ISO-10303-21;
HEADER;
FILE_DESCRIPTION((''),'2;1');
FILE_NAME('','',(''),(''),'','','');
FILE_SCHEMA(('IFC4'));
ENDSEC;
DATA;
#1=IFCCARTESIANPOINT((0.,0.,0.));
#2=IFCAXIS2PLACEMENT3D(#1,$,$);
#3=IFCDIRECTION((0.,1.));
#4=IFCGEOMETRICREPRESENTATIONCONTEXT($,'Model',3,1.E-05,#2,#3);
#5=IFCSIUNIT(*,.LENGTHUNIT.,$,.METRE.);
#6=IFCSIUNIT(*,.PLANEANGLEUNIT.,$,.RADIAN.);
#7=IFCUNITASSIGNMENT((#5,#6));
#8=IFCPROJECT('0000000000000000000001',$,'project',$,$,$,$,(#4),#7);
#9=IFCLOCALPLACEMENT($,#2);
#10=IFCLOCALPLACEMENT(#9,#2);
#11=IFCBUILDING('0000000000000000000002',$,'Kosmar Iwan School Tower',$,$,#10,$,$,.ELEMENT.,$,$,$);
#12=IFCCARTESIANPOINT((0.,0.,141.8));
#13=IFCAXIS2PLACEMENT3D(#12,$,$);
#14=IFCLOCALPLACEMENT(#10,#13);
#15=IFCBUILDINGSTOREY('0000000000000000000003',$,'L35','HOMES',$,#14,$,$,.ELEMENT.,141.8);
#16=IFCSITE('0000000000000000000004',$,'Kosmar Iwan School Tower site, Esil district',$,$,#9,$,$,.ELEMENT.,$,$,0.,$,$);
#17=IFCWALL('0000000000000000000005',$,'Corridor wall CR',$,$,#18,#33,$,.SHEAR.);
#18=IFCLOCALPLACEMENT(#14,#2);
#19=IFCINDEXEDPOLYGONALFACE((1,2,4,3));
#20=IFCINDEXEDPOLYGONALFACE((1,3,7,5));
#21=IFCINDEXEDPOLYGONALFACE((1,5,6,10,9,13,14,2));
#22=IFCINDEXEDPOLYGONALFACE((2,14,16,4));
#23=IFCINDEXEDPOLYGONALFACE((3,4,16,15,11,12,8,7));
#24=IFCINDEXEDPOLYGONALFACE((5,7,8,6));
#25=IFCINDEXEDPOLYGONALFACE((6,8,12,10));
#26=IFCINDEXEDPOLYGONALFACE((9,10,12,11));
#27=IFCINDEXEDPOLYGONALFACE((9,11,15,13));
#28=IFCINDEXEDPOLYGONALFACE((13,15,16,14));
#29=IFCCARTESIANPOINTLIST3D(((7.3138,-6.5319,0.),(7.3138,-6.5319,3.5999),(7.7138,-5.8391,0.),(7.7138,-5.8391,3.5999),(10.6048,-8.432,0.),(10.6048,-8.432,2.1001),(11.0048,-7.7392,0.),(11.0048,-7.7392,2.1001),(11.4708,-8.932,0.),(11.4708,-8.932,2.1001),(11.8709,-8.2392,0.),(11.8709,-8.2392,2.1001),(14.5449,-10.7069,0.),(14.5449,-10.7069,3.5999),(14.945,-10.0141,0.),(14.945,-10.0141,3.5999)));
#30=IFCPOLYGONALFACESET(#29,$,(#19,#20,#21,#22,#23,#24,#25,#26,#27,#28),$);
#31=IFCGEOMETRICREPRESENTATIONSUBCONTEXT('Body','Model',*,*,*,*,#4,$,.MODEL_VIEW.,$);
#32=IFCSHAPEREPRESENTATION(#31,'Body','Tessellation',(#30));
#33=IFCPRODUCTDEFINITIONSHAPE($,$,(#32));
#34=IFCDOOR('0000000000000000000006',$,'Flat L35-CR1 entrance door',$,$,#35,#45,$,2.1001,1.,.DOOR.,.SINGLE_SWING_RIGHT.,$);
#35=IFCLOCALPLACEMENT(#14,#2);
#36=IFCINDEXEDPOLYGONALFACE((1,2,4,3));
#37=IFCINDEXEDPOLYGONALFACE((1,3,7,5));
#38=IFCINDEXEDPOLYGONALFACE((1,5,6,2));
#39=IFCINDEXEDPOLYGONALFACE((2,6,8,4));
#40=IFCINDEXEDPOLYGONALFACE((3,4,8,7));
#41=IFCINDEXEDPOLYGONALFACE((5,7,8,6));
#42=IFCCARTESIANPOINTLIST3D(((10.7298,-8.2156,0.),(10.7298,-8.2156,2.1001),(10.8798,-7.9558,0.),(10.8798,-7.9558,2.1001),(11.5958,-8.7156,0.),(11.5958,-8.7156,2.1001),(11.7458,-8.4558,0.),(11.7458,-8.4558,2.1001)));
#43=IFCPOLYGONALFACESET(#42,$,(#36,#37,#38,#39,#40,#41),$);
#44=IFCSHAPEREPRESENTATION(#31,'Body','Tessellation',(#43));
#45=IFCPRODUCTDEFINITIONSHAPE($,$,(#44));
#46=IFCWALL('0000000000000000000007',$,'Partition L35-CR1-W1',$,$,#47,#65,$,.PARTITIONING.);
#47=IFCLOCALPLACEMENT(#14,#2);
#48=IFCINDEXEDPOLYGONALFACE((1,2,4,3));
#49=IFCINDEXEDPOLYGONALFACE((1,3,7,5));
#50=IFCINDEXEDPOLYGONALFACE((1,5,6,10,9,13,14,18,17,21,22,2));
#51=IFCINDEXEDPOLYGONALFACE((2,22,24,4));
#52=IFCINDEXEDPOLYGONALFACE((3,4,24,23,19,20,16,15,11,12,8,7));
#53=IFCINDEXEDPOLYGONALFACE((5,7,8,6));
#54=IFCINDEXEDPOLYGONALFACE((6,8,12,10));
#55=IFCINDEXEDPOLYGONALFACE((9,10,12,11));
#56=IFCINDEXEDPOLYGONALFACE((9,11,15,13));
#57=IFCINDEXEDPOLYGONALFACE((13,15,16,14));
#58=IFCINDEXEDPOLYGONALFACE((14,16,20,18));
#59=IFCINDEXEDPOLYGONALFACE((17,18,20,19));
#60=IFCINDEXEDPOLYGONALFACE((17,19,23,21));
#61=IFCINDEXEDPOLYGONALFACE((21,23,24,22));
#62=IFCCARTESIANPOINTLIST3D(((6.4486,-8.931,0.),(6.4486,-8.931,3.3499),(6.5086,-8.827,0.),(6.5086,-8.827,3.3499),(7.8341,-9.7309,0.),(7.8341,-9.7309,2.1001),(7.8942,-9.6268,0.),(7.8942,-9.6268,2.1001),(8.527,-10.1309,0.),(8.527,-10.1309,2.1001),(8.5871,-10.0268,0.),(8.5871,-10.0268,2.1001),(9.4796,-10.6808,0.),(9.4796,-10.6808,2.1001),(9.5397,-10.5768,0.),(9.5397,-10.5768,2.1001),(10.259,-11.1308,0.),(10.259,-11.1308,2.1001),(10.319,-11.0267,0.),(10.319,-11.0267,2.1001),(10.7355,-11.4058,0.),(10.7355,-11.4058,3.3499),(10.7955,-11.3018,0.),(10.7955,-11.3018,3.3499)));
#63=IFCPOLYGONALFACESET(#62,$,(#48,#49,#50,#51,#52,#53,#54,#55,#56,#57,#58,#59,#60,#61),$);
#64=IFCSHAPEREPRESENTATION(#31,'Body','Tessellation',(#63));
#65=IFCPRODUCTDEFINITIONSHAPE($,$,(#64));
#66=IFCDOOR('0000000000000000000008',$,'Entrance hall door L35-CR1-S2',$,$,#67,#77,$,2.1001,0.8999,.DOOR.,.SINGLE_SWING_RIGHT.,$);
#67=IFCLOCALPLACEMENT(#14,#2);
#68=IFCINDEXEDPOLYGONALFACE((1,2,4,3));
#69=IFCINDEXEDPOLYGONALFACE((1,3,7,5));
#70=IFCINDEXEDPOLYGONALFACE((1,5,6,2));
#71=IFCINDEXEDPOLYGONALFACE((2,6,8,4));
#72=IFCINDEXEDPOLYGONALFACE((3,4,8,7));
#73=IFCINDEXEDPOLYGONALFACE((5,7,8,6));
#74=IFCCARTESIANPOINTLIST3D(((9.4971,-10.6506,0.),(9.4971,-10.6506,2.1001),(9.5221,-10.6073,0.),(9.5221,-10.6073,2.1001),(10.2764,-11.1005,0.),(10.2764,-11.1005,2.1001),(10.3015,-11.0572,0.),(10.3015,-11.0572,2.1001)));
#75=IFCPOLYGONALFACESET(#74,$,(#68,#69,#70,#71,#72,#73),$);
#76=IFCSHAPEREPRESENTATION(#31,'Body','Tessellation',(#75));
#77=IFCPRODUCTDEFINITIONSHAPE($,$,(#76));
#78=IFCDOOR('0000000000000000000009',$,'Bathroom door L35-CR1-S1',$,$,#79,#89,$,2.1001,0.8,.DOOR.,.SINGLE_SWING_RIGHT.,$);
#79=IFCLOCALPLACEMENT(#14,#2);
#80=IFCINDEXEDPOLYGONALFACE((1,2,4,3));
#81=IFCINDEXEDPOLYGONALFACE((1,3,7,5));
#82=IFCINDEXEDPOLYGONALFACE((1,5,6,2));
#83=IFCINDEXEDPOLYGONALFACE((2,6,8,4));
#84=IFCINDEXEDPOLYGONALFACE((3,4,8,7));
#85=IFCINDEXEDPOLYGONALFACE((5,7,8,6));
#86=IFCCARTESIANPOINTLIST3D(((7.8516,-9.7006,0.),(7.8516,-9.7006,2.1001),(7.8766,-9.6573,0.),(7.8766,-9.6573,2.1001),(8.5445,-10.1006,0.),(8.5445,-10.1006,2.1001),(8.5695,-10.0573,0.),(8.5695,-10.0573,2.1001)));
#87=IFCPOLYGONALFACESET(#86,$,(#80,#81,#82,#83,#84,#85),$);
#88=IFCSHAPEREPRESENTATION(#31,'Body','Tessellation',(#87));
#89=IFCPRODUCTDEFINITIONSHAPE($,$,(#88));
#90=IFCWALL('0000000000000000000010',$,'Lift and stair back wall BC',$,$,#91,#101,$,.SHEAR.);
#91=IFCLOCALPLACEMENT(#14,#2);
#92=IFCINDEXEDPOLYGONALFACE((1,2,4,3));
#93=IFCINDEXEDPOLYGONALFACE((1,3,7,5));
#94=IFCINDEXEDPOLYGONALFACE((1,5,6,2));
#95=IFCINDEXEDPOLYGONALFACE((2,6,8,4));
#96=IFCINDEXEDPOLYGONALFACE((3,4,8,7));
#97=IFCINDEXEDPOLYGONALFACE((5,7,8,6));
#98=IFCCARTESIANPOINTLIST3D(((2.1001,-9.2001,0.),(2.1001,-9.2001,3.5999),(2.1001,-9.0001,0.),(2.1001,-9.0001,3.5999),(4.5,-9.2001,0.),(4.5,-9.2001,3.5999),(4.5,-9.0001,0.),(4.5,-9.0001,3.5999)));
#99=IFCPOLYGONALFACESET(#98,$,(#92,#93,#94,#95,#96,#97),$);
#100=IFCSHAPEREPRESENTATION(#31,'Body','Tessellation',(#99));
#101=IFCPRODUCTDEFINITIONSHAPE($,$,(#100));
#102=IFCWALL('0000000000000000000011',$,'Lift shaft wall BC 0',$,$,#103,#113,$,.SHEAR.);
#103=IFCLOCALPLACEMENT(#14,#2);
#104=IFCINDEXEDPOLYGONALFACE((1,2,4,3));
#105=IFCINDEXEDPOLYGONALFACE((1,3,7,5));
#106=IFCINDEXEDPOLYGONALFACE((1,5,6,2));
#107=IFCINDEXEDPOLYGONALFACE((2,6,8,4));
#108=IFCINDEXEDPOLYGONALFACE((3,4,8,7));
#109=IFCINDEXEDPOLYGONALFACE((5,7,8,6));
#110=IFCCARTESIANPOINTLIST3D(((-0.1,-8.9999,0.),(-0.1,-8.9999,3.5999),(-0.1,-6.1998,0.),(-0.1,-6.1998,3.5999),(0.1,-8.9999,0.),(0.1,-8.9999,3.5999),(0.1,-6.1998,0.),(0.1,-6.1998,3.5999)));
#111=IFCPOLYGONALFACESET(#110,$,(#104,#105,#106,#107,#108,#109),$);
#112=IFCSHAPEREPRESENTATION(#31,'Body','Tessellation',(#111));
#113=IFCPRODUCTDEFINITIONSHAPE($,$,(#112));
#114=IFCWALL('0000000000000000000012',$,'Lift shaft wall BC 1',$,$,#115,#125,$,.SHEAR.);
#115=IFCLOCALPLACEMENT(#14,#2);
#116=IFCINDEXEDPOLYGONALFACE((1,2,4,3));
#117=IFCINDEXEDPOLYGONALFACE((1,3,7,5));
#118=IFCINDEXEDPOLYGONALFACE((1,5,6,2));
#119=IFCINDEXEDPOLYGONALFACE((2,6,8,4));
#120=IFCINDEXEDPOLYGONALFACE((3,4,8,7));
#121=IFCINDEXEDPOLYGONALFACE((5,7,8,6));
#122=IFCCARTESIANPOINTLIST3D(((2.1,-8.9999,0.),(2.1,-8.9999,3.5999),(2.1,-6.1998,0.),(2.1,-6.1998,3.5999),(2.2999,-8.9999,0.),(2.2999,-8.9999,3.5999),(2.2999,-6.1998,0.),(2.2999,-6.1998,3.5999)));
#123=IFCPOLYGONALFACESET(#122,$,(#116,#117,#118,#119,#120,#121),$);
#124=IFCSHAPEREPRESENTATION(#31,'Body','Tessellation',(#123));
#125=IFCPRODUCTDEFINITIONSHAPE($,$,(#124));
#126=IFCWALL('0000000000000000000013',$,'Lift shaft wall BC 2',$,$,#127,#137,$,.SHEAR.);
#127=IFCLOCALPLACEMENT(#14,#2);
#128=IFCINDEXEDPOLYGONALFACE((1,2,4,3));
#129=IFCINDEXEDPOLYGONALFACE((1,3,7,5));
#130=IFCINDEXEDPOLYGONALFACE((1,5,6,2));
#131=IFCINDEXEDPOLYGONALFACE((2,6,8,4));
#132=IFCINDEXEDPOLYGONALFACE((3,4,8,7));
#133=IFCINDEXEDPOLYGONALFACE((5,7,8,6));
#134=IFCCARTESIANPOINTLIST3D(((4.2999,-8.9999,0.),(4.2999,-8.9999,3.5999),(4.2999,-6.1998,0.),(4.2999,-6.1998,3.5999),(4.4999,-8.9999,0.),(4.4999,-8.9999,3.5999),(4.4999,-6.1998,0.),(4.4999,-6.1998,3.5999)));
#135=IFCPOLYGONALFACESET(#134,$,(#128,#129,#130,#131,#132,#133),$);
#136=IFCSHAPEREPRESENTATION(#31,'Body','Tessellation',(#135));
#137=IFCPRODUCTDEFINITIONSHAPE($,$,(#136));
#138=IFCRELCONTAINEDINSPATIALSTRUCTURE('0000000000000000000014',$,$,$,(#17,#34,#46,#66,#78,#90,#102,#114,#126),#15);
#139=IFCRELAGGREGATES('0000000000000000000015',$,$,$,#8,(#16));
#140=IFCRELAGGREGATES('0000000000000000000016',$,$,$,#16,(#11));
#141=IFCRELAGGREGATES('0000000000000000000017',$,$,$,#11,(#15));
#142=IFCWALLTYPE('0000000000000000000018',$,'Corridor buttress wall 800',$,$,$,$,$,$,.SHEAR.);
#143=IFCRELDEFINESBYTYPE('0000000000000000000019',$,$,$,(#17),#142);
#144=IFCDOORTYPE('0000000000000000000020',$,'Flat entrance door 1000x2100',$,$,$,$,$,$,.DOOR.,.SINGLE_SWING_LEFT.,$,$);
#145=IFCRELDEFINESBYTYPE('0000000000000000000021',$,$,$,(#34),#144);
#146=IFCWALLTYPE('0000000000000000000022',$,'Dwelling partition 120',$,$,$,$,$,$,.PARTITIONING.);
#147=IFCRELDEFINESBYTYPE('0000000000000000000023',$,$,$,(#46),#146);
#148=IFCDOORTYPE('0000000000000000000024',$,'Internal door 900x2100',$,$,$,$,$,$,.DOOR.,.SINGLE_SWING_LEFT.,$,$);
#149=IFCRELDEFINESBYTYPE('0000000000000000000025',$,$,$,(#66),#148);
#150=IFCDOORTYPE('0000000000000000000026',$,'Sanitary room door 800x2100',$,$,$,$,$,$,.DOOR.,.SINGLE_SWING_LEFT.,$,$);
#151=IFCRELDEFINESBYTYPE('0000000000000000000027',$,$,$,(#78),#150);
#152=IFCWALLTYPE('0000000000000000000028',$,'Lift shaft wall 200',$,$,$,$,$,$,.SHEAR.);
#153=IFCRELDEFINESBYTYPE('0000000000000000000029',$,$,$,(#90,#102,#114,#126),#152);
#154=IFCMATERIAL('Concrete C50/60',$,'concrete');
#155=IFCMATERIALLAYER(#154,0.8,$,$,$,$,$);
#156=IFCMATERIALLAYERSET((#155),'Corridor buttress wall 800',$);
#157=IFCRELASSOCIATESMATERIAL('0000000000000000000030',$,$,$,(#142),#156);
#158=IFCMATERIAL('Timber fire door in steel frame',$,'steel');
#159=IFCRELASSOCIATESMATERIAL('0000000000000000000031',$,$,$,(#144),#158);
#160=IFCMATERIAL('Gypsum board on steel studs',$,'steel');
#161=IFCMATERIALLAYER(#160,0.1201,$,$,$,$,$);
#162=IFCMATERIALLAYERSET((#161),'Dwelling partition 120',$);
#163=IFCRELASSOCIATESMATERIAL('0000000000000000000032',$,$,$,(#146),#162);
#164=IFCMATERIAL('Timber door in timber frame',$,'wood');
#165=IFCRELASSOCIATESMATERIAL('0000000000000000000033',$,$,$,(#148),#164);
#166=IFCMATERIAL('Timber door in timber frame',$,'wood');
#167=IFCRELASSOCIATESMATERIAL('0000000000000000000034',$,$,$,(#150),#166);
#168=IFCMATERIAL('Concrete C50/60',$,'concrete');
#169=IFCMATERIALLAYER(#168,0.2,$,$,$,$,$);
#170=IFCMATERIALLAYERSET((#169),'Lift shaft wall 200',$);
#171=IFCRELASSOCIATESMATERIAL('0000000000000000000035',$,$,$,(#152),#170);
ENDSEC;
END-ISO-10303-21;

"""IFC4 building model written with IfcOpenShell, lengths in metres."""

from ifc_helpers import new_model, si_unit, direction, frame, frame_2d, origin, place, context, subcontext, project, spatial, rectangle, extrude, material, layer, layer_set, type_object, element, fill, save


model = new_model("IFC4")

# Units and contexts
model_context = context("Model", 3, precision=1e-05, world=origin(), true_north=direction((0.0, 1.0)))
body_context = subcontext(model_context, "Body", "Model", "MODEL_VIEW")
ifc_project = project(units=[si_unit("LENGTHUNIT", "METRE"), si_unit("PLANEANGLEUNIT", "RADIAN")], contexts=[model_context])

# Site, building, storey
site_placement = place(None, origin())
site = spatial("IfcSite", under=ifc_project, at=site_placement, Name="Kosmar Iwan School Tower site, Esil district", CompositionType="ELEMENT", RefElevation=0.0)
building_placement = place(site_placement, origin())
building = spatial("IfcBuilding", under=site, at=building_placement, Name="Kosmar Iwan School Tower", CompositionType="ELEMENT")
storey_placement = place(building_placement, frame((0.0, 0.0, 141.8)))
storey = spatial("IfcBuildingStorey", under=building, at=storey_placement, Name="L35", Description="HOMES", CompositionType="ELEMENT", Elevation=141.8)

# Wall, opening, door
ifc_material_1 = material(Name="Concrete C50/60", Category="concrete")
ifc_layer_1 = layer(ifc_material_1, 0.8)
ifc_layer_set_1 = layer_set([ifc_layer_1], Name="Corridor buttress wall 800")
wall_type_1 = type_object("IfcWallType", Name="Corridor buttress wall 800", PredefinedType="SHEAR", material=ifc_layer_set_1)
wall_1_placement = place(storey_placement, frame((7.5139, -6.1855, 0.0), z_axis=(0.0, 0.0, 1.0), x_axis=(0.86602, -0.50001, 0.0)))
wall_1 = element("IfcWall", 1, at=wall_1_placement, inside=storey, type_object=wall_type_1, Name="Corridor wall CR", PredefinedType="SHEAR", context=body_context, shape_type="SweptSolid", body=[
    extrude(rectangle(XDim=8.3499, YDim=0.8, at=frame_2d((4.1748, 0.0))), origin(), (0.0, 0.0, 1.0), 3.5999),
])
opening_1_placement = place(wall_1_placement, frame((3.8, 0.0, 0.0)))
opening_1 = element("IfcOpeningElement", 2, at=opening_1_placement, cuts=wall_1, PredefinedType="OPENING", context=body_context, shape_type="SweptSolid", body=[
    extrude(rectangle(XDim=1.0, YDim=2.1001, at=frame_2d((0.5, 1.05))), frame((0.0, 0.4121, 0.0), z_axis=(0.0, -1.0, 0.0), x_axis=(1.0, 0.0, 0.0)), (0.0, 0.0, 1.0), 0.824),
])
ifc_material_2 = material(Name="Timber fire door in steel frame", Category="steel")
door_type_1 = type_object("IfcDoorType", Name="Flat entrance door 1000x2100", OperationType="SINGLE_SWING_LEFT", PredefinedType="DOOR", material=ifc_material_2)
door_1_placement = place(opening_1_placement, origin())
door_1 = element("IfcDoor", 3, at=door_1_placement, inside=storey, type_object=door_type_1, Name="Flat L35-CR1 entrance door", OperationType="SINGLE_SWING_RIGHT", OverallHeight=2.1001, OverallWidth=1.0, PredefinedType="DOOR", context=body_context, shape_type="SweptSolid", body=[
    extrude(rectangle(XDim=1.0, YDim=2.1001, at=frame_2d((0.5, 1.05))), frame((0.0, 0.1499, 0.0), z_axis=(0.0, -1.0, 0.0), x_axis=(1.0, 0.0, 0.0)), (0.0, 0.0, 1.0), 0.3),
])
fill(opening_1, door_1)

# Wall, openings, doors
ifc_material_3 = material(Name="Gypsum board on steel studs", Category="steel")
ifc_layer_2 = layer(ifc_material_3, 0.1201)
ifc_layer_set_2 = layer_set([ifc_layer_2], Name="Dwelling partition 120")
wall_type_2 = type_object("IfcWallType", Name="Dwelling partition 120", PredefinedType="PARTITIONING", material=ifc_layer_set_2)
wall_2_placement = place(storey_placement, frame((6.4785, -8.8789, 0.0), z_axis=(0.0, 0.0, 1.0), x_axis=(0.86604, -0.499974, 0.0)))
wall_2 = element("IfcWall", 4, at=wall_2_placement, inside=storey, type_object=wall_type_2, Name="Partition L35-CR1-W1", PredefinedType="PARTITIONING", context=body_context, shape_type="SweptSolid", body=[
    extrude(rectangle(XDim=4.95, YDim=0.1201, at=frame_2d((2.4751, 0.0))), origin(), (0.0, 0.0, 1.0), 3.3499),
])
opening_2_placement = place(wall_2_placement, frame((1.6001, 0.0, 0.0)))
opening_2 = element("IfcOpeningElement", 5, at=opening_2_placement, cuts=wall_2, PredefinedType="OPENING", context=body_context, shape_type="SweptSolid", body=[
    extrude(rectangle(XDim=0.8, YDim=2.1001, at=frame_2d((0.3999, 1.05))), frame((0.0, 0.072, 0.0), z_axis=(0.0, -1.0, 0.0), x_axis=(1.0, 0.0, 0.0)), (0.0, 0.0, 1.0), 0.144),
])
opening_3_placement = place(wall_2_placement, frame((3.5, 0.0, 0.0)))
opening_3 = element("IfcOpeningElement", 6, at=opening_3_placement, cuts=wall_2, PredefinedType="OPENING", context=body_context, shape_type="SweptSolid", body=[
    extrude(rectangle(XDim=0.8999, YDim=2.1001, at=frame_2d((0.45, 1.05))), frame((0.0, 0.072, 0.0), z_axis=(0.0, -1.0, 0.0), x_axis=(1.0, 0.0, 0.0)), (0.0, 0.0, 1.0), 0.144),
])
ifc_material_4 = material(Name="Timber door in timber frame", Category="wood")
door_type_2 = type_object("IfcDoorType", Name="Internal door 900x2100", OperationType="SINGLE_SWING_LEFT", PredefinedType="DOOR", material=ifc_material_4)
door_2_placement = place(opening_3_placement, origin())
door_2 = element("IfcDoor", 7, at=door_2_placement, inside=storey, type_object=door_type_2, Name="Entrance hall door L35-CR1-S2", OperationType="SINGLE_SWING_RIGHT", OverallHeight=2.1001, OverallWidth=0.8999, PredefinedType="DOOR", context=body_context, shape_type="SweptSolid", body=[
    extrude(rectangle(XDim=0.8999, YDim=2.1001, at=frame_2d((0.45, 1.05))), frame((0.0, 0.0249, 0.0), z_axis=(0.0, -1.0, 0.0), x_axis=(1.0, 0.0, 0.0)), (0.0, 0.0, 1.0), 0.05),
])
fill(opening_3, door_2)
ifc_material_5 = material(Name="Timber door in timber frame", Category="wood")
door_type_3 = type_object("IfcDoorType", Name="Sanitary room door 800x2100", OperationType="SINGLE_SWING_LEFT", PredefinedType="DOOR", material=ifc_material_5)
door_3_placement = place(opening_2_placement, origin())
door_3 = element("IfcDoor", 8, at=door_3_placement, inside=storey, type_object=door_type_3, Name="Bathroom door L35-CR1-S1", OperationType="SINGLE_SWING_RIGHT", OverallHeight=2.1001, OverallWidth=0.8, PredefinedType="DOOR", context=body_context, shape_type="SweptSolid", body=[
    extrude(rectangle(XDim=0.8, YDim=2.1001, at=frame_2d((0.3999, 1.05))), frame((0.0, 0.0249, 0.0), z_axis=(0.0, -1.0, 0.0), x_axis=(1.0, 0.0, 0.0)), (0.0, 0.0, 1.0), 0.05),
])
fill(opening_2, door_3)

# Walls
ifc_material_6 = material(Name="Concrete C50/60", Category="concrete")
ifc_layer_3 = layer(ifc_material_6, 0.2)
ifc_layer_set_3 = layer_set([ifc_layer_3], Name="Lift shaft wall 200")
wall_type_3 = type_object("IfcWallType", Name="Lift shaft wall 200", PredefinedType="SHEAR", material=ifc_layer_set_3)
wall_3_placement = place(storey_placement, frame((2.1001, -9.1001, 0.0), z_axis=(0.0, 0.0, 1.0), x_axis=(1.0, 0.0, 0.0)))
element("IfcWall", 9, at=wall_3_placement, inside=storey, type_object=wall_type_3, Name="Lift and stair back wall BC", PredefinedType="SHEAR", context=body_context, shape_type="SweptSolid", body=[
    extrude(rectangle(XDim=2.3999, YDim=0.2, at=frame_2d((1.2, 0.0))), origin(), (0.0, 0.0, 1.0), 3.5999),
])
for number, where, z_axis, x_axis, name in (
    (10, (0.0, -6.2, 0.0), (0.0, 0.0, 1.0), (0.0, -1.0, 0.0), "Lift shaft wall BC 0"),
    (11, (2.2, -6.2, 0.0), (0.0, 0.0, 1.0), (0.0, -1.0, 0.0), "Lift shaft wall BC 1"),
    (12, (4.3999, -6.2, 0.0), (0.0, 0.0, 1.0), (0.0, -1.0, 0.0), "Lift shaft wall BC 2"),
):
    element("IfcWall", number, at=place(storey_placement, frame(where, z_axis=z_axis, x_axis=x_axis)), inside=storey, type_object=wall_type_3, Name=name, PredefinedType="SHEAR", context=body_context, shape_type="SweptSolid", body=[
        extrude(rectangle(XDim=2.8, YDim=0.2, at=frame_2d((1.3999, 0.0))), origin(), (0.0, 0.0, 1.0), 3.5999),
    ])

save(model, "model.ifc")
